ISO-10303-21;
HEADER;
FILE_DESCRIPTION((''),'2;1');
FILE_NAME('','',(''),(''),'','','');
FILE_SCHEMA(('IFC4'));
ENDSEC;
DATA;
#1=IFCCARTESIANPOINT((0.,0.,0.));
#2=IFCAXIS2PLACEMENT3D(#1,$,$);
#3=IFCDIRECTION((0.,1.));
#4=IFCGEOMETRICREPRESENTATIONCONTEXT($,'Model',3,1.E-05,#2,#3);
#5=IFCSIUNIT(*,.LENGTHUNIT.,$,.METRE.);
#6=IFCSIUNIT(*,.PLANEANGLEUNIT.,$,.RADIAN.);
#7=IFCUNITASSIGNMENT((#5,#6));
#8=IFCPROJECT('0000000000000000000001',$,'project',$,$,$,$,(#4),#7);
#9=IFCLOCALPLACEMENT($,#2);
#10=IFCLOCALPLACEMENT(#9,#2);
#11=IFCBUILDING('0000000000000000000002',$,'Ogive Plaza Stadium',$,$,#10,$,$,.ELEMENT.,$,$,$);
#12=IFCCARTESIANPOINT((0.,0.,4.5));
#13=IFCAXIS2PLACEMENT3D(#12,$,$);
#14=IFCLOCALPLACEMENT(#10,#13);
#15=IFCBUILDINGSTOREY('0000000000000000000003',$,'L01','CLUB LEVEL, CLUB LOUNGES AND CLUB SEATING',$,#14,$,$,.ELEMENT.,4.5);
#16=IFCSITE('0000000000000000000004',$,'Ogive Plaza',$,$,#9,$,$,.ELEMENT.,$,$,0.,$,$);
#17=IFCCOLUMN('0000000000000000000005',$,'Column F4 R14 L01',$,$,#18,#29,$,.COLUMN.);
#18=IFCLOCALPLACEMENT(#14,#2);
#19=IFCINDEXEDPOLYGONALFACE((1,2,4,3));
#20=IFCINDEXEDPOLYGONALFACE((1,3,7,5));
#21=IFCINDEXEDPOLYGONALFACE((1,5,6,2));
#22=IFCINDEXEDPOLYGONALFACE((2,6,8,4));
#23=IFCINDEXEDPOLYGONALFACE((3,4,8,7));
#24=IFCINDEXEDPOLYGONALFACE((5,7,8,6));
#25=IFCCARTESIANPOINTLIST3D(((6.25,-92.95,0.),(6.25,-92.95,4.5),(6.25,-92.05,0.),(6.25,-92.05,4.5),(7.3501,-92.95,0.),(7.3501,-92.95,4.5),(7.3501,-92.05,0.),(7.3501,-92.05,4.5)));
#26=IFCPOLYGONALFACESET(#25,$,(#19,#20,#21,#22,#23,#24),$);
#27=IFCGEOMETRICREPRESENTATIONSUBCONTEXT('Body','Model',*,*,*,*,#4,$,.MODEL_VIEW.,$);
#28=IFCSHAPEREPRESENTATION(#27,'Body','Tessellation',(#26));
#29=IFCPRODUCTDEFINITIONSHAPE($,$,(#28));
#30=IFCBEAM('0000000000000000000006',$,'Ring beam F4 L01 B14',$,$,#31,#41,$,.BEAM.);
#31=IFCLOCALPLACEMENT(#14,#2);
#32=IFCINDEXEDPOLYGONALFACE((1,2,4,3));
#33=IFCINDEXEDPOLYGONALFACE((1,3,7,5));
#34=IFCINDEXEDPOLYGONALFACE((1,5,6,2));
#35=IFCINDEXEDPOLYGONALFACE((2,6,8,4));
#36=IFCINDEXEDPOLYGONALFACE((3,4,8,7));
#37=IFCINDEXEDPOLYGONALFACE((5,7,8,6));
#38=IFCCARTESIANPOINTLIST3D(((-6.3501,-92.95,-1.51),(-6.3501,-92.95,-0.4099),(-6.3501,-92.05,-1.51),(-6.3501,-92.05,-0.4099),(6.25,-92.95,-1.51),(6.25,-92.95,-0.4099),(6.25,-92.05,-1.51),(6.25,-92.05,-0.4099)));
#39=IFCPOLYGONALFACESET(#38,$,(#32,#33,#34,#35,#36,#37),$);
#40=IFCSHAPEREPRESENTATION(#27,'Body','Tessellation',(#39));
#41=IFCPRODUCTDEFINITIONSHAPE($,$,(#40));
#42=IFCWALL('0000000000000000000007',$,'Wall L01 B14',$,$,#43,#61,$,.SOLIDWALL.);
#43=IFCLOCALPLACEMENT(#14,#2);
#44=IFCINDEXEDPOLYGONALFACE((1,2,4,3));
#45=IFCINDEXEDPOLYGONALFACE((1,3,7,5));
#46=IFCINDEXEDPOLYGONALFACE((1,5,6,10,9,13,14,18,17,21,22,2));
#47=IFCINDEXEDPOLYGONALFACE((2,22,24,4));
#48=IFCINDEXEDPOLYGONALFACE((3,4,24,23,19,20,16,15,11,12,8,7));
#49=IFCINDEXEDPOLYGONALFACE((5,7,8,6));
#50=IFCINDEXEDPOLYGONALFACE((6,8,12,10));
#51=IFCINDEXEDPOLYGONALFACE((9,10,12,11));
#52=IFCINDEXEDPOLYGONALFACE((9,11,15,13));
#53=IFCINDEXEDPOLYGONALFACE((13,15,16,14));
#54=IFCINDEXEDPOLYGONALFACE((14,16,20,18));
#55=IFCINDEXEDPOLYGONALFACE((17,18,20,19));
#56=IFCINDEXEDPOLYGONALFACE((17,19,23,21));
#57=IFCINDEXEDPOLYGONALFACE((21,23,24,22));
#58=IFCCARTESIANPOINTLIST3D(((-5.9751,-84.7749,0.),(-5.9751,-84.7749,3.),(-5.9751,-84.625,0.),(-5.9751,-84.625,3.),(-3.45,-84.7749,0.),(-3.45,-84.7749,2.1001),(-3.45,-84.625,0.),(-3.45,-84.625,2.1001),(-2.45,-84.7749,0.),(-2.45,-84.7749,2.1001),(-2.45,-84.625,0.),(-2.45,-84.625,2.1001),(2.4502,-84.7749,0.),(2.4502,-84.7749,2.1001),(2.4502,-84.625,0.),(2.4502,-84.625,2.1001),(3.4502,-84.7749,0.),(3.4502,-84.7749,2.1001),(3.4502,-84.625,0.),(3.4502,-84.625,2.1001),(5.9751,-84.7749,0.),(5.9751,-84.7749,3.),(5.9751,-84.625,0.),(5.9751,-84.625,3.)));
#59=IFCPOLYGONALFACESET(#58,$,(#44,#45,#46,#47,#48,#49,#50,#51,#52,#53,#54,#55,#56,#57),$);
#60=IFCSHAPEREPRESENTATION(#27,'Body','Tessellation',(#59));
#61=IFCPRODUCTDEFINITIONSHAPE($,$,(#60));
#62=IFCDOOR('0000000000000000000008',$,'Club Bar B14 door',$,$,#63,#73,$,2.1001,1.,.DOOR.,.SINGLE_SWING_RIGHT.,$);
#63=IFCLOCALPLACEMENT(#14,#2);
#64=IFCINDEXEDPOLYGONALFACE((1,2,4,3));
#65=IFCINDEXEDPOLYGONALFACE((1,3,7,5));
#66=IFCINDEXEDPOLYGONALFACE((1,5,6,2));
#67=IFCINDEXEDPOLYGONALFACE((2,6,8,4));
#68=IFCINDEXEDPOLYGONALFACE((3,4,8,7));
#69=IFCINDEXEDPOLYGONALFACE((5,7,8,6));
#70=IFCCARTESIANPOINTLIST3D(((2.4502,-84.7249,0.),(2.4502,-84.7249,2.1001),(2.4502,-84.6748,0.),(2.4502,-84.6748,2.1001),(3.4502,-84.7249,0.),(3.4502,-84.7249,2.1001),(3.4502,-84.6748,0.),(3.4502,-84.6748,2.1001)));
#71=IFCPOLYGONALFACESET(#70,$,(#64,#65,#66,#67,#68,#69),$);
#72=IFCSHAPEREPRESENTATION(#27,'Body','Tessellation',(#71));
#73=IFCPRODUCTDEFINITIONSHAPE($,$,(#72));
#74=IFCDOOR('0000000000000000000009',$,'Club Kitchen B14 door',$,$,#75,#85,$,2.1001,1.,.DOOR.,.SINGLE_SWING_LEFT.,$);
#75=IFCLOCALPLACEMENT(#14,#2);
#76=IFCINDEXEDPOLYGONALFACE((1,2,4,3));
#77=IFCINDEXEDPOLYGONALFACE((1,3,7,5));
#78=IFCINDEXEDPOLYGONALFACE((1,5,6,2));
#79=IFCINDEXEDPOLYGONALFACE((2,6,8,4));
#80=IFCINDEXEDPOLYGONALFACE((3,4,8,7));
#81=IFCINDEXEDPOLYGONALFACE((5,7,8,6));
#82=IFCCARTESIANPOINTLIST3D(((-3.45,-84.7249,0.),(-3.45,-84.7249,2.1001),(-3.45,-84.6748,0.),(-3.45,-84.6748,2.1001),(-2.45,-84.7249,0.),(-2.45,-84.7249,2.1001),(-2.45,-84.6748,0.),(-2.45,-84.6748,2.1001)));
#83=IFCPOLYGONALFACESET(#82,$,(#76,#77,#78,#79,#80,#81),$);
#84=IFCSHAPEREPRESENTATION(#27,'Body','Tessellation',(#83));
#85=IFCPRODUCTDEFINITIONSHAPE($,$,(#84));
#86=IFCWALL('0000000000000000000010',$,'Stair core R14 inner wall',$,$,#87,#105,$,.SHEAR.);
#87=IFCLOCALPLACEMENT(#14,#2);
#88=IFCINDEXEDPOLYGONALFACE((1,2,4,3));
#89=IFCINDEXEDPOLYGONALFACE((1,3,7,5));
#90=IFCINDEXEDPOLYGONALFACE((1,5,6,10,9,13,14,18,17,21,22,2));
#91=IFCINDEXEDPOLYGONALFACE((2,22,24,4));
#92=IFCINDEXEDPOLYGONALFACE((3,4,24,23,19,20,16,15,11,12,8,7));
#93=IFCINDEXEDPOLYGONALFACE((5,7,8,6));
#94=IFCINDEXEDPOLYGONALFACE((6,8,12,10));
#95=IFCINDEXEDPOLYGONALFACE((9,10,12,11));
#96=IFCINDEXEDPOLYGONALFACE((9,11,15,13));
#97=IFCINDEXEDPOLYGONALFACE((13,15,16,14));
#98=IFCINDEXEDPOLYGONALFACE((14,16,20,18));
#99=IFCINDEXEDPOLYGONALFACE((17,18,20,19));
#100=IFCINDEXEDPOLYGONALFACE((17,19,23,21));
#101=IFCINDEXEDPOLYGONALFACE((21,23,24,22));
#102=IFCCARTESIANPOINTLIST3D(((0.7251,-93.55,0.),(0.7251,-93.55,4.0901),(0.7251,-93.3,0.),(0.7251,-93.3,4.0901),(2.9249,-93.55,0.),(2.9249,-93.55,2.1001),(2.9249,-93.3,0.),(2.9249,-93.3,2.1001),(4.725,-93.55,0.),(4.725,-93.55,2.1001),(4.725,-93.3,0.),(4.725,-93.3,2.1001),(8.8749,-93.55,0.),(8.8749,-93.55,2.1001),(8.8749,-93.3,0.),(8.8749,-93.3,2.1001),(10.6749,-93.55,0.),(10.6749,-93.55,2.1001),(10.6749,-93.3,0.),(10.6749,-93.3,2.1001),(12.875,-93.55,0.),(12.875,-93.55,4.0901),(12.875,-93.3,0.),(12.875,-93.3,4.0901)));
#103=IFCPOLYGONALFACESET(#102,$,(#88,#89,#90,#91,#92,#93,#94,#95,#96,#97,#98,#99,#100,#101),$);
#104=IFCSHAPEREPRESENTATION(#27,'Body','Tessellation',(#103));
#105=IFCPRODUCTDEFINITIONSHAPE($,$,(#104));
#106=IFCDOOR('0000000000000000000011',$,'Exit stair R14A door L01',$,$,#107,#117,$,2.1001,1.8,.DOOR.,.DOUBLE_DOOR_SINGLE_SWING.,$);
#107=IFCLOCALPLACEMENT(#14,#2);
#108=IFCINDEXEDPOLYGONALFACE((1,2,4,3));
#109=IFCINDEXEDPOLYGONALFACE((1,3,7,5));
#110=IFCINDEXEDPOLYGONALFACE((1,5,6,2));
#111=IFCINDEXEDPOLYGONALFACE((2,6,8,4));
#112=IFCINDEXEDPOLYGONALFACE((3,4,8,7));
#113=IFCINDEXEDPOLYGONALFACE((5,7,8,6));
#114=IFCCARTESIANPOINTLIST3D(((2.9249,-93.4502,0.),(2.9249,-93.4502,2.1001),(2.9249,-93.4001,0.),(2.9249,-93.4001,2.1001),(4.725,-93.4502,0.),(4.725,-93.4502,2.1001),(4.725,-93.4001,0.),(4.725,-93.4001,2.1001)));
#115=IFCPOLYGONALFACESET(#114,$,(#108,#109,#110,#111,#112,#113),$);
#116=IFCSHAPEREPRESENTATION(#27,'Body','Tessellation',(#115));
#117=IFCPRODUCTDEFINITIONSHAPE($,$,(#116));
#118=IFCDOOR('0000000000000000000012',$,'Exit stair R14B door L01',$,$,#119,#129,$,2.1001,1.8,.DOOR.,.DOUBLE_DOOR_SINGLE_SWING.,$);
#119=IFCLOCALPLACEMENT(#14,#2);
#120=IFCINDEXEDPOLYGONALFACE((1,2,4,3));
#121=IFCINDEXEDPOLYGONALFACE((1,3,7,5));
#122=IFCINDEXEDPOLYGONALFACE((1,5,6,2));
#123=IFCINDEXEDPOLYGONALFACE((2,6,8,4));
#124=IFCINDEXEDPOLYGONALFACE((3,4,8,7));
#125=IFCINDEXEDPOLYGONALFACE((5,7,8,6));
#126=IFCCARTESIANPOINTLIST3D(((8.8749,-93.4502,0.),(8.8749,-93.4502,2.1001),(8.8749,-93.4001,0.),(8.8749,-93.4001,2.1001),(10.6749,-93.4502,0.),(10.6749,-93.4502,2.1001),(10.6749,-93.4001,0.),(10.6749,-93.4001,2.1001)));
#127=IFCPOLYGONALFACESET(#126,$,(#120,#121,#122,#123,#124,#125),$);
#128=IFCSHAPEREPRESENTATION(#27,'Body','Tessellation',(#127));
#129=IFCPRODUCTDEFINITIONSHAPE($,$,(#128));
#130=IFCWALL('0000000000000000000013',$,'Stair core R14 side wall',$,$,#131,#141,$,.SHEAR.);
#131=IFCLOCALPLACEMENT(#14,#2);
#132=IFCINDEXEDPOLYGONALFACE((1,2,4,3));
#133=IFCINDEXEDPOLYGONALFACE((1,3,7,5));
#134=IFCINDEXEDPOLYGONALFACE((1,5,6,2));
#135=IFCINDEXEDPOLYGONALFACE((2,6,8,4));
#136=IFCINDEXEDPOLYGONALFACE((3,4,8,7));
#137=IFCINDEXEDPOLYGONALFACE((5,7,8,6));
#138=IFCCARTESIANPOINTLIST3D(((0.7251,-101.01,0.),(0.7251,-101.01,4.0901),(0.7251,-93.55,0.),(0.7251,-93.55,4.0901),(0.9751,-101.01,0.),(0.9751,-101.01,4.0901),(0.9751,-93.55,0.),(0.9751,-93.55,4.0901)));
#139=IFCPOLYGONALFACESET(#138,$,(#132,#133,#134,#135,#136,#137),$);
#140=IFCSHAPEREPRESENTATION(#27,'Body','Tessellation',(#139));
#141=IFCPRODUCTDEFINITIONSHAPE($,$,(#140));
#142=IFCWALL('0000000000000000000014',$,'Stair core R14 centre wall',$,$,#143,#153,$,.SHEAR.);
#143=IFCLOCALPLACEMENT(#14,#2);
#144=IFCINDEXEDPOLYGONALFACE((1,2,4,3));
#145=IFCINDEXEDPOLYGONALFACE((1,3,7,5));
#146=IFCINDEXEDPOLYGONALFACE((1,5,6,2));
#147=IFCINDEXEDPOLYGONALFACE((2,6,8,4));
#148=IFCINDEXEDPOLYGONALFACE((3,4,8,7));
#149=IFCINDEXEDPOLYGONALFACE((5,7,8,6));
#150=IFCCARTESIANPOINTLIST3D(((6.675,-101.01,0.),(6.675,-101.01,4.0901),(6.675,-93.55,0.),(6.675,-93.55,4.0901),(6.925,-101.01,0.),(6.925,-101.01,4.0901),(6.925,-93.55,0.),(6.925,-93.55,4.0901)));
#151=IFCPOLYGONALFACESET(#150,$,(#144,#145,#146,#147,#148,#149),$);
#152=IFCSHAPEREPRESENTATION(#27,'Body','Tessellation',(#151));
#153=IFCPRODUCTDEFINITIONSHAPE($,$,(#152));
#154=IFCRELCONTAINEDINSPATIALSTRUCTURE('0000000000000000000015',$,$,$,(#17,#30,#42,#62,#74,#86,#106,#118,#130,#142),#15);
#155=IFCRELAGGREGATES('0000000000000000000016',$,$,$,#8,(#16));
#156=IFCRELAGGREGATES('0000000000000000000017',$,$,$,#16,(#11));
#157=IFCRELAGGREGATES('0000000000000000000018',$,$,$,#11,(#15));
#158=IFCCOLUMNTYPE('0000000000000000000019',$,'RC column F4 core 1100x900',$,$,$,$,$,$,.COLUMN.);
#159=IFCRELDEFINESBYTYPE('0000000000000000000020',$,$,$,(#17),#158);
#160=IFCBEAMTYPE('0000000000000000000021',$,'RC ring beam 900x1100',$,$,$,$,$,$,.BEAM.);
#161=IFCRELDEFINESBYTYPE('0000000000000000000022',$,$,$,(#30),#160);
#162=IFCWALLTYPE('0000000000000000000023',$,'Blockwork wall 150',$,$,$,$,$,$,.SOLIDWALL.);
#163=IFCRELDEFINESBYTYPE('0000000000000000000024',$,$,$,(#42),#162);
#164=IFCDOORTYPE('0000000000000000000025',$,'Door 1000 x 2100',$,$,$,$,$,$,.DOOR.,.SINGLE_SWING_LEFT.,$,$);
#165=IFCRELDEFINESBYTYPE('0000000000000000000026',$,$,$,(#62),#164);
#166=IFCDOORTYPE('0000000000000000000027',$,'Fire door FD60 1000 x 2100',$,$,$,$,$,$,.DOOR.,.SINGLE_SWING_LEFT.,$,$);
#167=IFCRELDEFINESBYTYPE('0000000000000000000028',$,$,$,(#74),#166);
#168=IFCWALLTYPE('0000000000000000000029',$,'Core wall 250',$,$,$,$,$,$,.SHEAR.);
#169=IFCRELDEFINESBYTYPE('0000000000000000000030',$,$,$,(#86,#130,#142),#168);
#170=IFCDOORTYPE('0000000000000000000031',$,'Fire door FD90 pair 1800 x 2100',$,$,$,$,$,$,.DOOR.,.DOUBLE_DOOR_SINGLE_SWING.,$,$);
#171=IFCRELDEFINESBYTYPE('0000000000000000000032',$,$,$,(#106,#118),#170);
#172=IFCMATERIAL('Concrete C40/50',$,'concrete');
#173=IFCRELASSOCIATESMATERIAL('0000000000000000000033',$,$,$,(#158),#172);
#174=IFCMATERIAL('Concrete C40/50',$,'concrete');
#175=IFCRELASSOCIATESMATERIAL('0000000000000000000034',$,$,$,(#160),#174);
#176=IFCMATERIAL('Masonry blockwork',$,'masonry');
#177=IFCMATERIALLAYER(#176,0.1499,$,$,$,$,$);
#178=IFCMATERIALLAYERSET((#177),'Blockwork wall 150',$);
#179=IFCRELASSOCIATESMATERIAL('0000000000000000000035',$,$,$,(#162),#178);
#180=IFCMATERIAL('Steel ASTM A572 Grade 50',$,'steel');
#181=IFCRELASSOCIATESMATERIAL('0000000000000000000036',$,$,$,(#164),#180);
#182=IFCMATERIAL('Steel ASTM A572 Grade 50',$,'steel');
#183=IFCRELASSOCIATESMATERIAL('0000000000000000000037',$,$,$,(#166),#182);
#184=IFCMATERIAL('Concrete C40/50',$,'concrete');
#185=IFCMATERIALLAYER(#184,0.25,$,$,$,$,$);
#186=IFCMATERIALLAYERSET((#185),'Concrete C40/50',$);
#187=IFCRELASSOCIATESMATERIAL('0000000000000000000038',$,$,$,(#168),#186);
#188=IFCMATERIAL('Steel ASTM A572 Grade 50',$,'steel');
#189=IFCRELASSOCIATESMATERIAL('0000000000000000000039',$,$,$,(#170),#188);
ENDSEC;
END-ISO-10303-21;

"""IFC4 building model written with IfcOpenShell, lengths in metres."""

from ifc_helpers import new_model, si_unit, direction, frame, frame_2d, origin, origin_2d, place, context, subcontext, project, spatial, rectangle, extrude, material, layer, layer_set, material_profile, profile_set, type_object, element, fill, save


model = new_model("IFC4")

# Units and contexts
model_context = context("Model", 3, precision=1e-05, world=origin(), true_north=direction((0.0, 1.0)))
body_context = subcontext(model_context, "Body", "Model", "MODEL_VIEW")
ifc_project = project(units=[si_unit("LENGTHUNIT", "METRE"), si_unit("PLANEANGLEUNIT", "RADIAN")], contexts=[model_context])

# Site, building, storey
site_placement = place(None, origin())
site = spatial("IfcSite", under=ifc_project, at=site_placement, Name="Ogive Plaza", CompositionType="ELEMENT", RefElevation=0.0)
building_placement = place(site_placement, origin())
building = spatial("IfcBuilding", under=site, at=building_placement, Name="Ogive Plaza Stadium", CompositionType="ELEMENT")
storey_placement = place(building_placement, frame((0.0, 0.0, 4.5)))
storey = spatial("IfcBuildingStorey", under=building, at=storey_placement, Name="L01", Description="CLUB LEVEL, CLUB LOUNGES AND CLUB SEATING", CompositionType="ELEMENT", Elevation=4.5)

# Column
ifc_material_1 = material(Name="Concrete C40/50", Category="concrete")
ifc_material_profile_1 = material_profile(ifc_material_1, rectangle(XDim=1.1001, YDim=0.8999, at=origin_2d()), Name="RC 1100x900")
ifc_profile_set_1 = profile_set([ifc_material_profile_1], Name="Concrete C40/50")
column_type = type_object("IfcColumnType", Name="RC column F4 core 1100x900", PredefinedType="COLUMN", material=ifc_profile_set_1)
column_placement = place(storey_placement, frame((6.8, -92.5, 0.0), z_axis=(0.0, 0.0, 1.0), x_axis=(1.0, 0.0, 0.0)))
element("IfcColumn", 1, at=column_placement, inside=storey, type_object=column_type, Name="Column F4 R14 L01", PredefinedType="COLUMN", context=body_context, shape_type="SweptSolid", body=[
    extrude(rectangle(XDim=1.1001, YDim=0.8999, at=origin_2d()), origin(), (0.0, 0.0, 1.0), 4.5),
])

# Beam
ifc_material_2 = material(Name="Concrete C40/50", Category="concrete")
ifc_material_profile_2 = material_profile(ifc_material_2, rectangle(XDim=0.8999, YDim=1.1001, at=origin_2d()), Name="RC 900x1100")
ifc_profile_set_2 = profile_set([ifc_material_profile_2], Name="Concrete C40/50")
beam_type = type_object("IfcBeamType", Name="RC ring beam 900x1100", PredefinedType="BEAM", material=ifc_profile_set_2)
beam_placement = place(storey_placement, frame((6.25, -92.5, -0.96), z_axis=(-1.0, 0.0, 0.0), x_axis=(0.0, -1.0, 0.0)))
element("IfcBeam", 2, at=beam_placement, inside=storey, type_object=beam_type, Name="Ring beam F4 L01 B14", PredefinedType="BEAM", context=body_context, shape_type="SweptSolid", body=[
    extrude(rectangle(XDim=0.8999, YDim=1.1001, at=origin_2d()), origin(), (0.0, 0.0, 1.0), 12.6001),
])

# Walls, openings, doors
ifc_material_3 = material(Name="Masonry blockwork", Category="masonry")
ifc_layer_1 = layer(ifc_material_3, 0.1499)
ifc_layer_set_1 = layer_set([ifc_layer_1], Name="Blockwork wall 150")
wall_type_1 = type_object("IfcWallType", Name="Blockwork wall 150", PredefinedType="SOLIDWALL", material=ifc_layer_set_1)
wall_1_placement = place(storey_placement, frame((5.9751, -84.7, 0.0), z_axis=(0.0, 0.0, 1.0), x_axis=(-1.0, 0.0, 0.0)))
wall_1 = element("IfcWall", 3, at=wall_1_placement, inside=storey, type_object=wall_type_1, Name="Wall L01 B14", PredefinedType="SOLIDWALL", context=body_context, shape_type="SweptSolid", body=[
    extrude(rectangle(XDim=11.9502, YDim=0.1499, at=frame_2d((5.9751, 0.0))), origin(), (0.0, 0.0, 1.0), 3.0),
])
opening_1_placement = place(wall_1_placement, frame((2.5249, 0.0, 0.0)))
opening_1 = element("IfcOpeningElement", 4, at=opening_1_placement, cuts=wall_1, PredefinedType="OPENING", context=body_context, shape_type="SweptSolid", body=[
    extrude(rectangle(XDim=1.0, YDim=2.1001, at=frame_2d((0.5, 1.05))), frame((0.0, 0.075, 0.0), z_axis=(0.0, -1.0, 0.0), x_axis=(1.0, 0.0, 0.0)), (0.0, 0.0, 1.0), 0.1499),
])
opening_2_placement = place(wall_1_placement, frame((8.425, 0.0, 0.0)))
opening_2 = element("IfcOpeningElement", 5, at=opening_2_placement, cuts=wall_1, PredefinedType="OPENING", context=body_context, shape_type="SweptSolid", body=[
    extrude(rectangle(XDim=1.0, YDim=2.1001, at=frame_2d((0.5, 1.05))), frame((0.0, 0.075, 0.0), z_axis=(0.0, -1.0, 0.0), x_axis=(1.0, 0.0, 0.0)), (0.0, 0.0, 1.0), 0.1499),
])
ifc_material_4 = material(Name="Steel ASTM A572 Grade 50", Category="steel")
door_type_1 = type_object("IfcDoorType", Name="Door 1000 x 2100", OperationType="SINGLE_SWING_LEFT", PredefinedType="DOOR", material=ifc_material_4)
door_1_placement = place(opening_1_placement, origin())
door_1 = element("IfcDoor", 6, at=door_1_placement, inside=storey, type_object=door_type_1, Name="Club Bar B14 door", OperationType="SINGLE_SWING_RIGHT", OverallHeight=2.1001, OverallWidth=1.0, PredefinedType="DOOR", context=body_context, shape_type="SweptSolid", body=[
    extrude(rectangle(XDim=1.0, YDim=2.1001, at=frame_2d((0.5, 1.05))), frame((0.0, 0.0249, 0.0), z_axis=(0.0, -1.0, 0.0), x_axis=(1.0, 0.0, 0.0)), (0.0, 0.0, 1.0), 0.05),
])
fill(opening_1, door_1)
ifc_material_5 = material(Name="Steel ASTM A572 Grade 50", Category="steel")
door_type_2 = type_object("IfcDoorType", Name="Fire door FD60 1000 x 2100", OperationType="SINGLE_SWING_LEFT", PredefinedType="DOOR", material=ifc_material_5)
door_2_placement = place(opening_2_placement, origin())
door_2 = element("IfcDoor", 7, at=door_2_placement, inside=storey, type_object=door_type_2, Name="Club Kitchen B14 door", OperationType="SINGLE_SWING_LEFT", OverallHeight=2.1001, OverallWidth=1.0, PredefinedType="DOOR", context=body_context, shape_type="SweptSolid", body=[
    extrude(rectangle(XDim=1.0, YDim=2.1001, at=frame_2d((0.5, 1.05))), frame((0.0, 0.0249, 0.0), z_axis=(0.0, -1.0, 0.0), x_axis=(1.0, 0.0, 0.0)), (0.0, 0.0, 1.0), 0.05),
])
fill(opening_2, door_2)
ifc_material_6 = material(Name="Concrete C40/50", Category="concrete")
ifc_layer_2 = layer(ifc_material_6, 0.25)
ifc_layer_set_2 = layer_set([ifc_layer_2], Name="Concrete C40/50")
wall_type_2 = type_object("IfcWallType", Name="Core wall 250", PredefinedType="SHEAR", material=ifc_layer_set_2)
wall_2_placement = place(storey_placement, frame((0.7251, -93.425, 0.0), z_axis=(0.0, 0.0, 1.0), x_axis=(1.0, 0.0, 0.0)))
wall_2 = element("IfcWall", 8, at=wall_2_placement, inside=storey, type_object=wall_type_2, Name="Stair core R14 inner wall", PredefinedType="SHEAR", context=body_context, shape_type="SweptSolid", body=[
    extrude(rectangle(XDim=12.1499, YDim=0.25, at=frame_2d((6.075, 0.0))), origin(), (0.0, 0.0, 1.0), 4.0901),
])
opening_3_placement = place(wall_2_placement, frame((2.2, 0.0, 0.0)))
opening_3 = element("IfcOpeningElement", 9, at=opening_3_placement, cuts=wall_2, PredefinedType="OPENING", context=body_context, shape_type="SweptSolid", body=[
    extrude(rectangle(XDim=1.8, YDim=2.1001, at=frame_2d((0.8999, 1.05))), frame((0.0, 0.125, 0.0), z_axis=(0.0, -1.0, 0.0), x_axis=(1.0, 0.0, 0.0)), (0.0, 0.0, 1.0), 0.25),
])
opening_4_placement = place(wall_2_placement, frame((8.1499, 0.0, 0.0)))
opening_4 = element("IfcOpeningElement", 10, at=opening_4_placement, cuts=wall_2, PredefinedType="OPENING", context=body_context, shape_type="SweptSolid", body=[
    extrude(rectangle(XDim=1.8, YDim=2.1001, at=frame_2d((0.8999, 1.05))), frame((0.0, 0.125, 0.0), z_axis=(0.0, -1.0, 0.0), x_axis=(1.0, 0.0, 0.0)), (0.0, 0.0, 1.0), 0.25),
])
ifc_material_7 = material(Name="Steel ASTM A572 Grade 50", Category="steel")
door_type_3 = type_object("IfcDoorType", Name="Fire door FD90 pair 1800 x 2100", OperationType="DOUBLE_DOOR_SINGLE_SWING", PredefinedType="DOOR", material=ifc_material_7)
door_3_placement = place(opening_3_placement, origin())
door_3 = element("IfcDoor", 11, at=door_3_placement, inside=storey, type_object=door_type_3, Name="Exit stair R14A door L01", OperationType="DOUBLE_DOOR_SINGLE_SWING", OverallHeight=2.1001, OverallWidth=1.8, PredefinedType="DOOR", context=body_context, shape_type="SweptSolid", body=[
    extrude(rectangle(XDim=1.8, YDim=2.1001, at=frame_2d((0.8999, 1.05))), frame((0.0, 0.0249, 0.0), z_axis=(0.0, -1.0, 0.0), x_axis=(1.0, 0.0, 0.0)), (0.0, 0.0, 1.0), 0.05),
])
fill(opening_3, door_3)
door_4_placement = place(opening_4_placement, origin())
door_4 = element("IfcDoor", 12, at=door_4_placement, inside=storey, type_object=door_type_3, Name="Exit stair R14B door L01", OperationType="DOUBLE_DOOR_SINGLE_SWING", OverallHeight=2.1001, OverallWidth=1.8, PredefinedType="DOOR", context=body_context, shape_type="SweptSolid", body=[
    extrude(rectangle(XDim=1.8, YDim=2.1001, at=frame_2d((0.8999, 1.05))), frame((0.0, 0.0249, 0.0), z_axis=(0.0, -1.0, 0.0), x_axis=(1.0, 0.0, 0.0)), (0.0, 0.0, 1.0), 0.05),
])
fill(opening_4, door_4)

# Walls
for number, where, z_axis, x_axis, name in (
    (13, (0.8501, -93.55, 0.0), (0.0, 0.0, 1.0), (0.0, -1.0, 0.0), "Stair core R14 side wall"),
    (14, (6.8, -93.55, 0.0), (0.0, 0.0, 1.0), (0.0, -1.0, 0.0), "Stair core R14 centre wall"),
):
    element("IfcWall", number, at=place(storey_placement, frame(where, z_axis=z_axis, x_axis=x_axis)), inside=storey, type_object=wall_type_2, Name=name, PredefinedType="SHEAR", context=body_context, shape_type="SweptSolid", body=[
        extrude(rectangle(XDim=7.46, YDim=0.25, at=frame_2d((3.73, 0.0))), origin(), (0.0, 0.0, 1.0), 4.0901),
    ])

save(model, "model.ifc")
